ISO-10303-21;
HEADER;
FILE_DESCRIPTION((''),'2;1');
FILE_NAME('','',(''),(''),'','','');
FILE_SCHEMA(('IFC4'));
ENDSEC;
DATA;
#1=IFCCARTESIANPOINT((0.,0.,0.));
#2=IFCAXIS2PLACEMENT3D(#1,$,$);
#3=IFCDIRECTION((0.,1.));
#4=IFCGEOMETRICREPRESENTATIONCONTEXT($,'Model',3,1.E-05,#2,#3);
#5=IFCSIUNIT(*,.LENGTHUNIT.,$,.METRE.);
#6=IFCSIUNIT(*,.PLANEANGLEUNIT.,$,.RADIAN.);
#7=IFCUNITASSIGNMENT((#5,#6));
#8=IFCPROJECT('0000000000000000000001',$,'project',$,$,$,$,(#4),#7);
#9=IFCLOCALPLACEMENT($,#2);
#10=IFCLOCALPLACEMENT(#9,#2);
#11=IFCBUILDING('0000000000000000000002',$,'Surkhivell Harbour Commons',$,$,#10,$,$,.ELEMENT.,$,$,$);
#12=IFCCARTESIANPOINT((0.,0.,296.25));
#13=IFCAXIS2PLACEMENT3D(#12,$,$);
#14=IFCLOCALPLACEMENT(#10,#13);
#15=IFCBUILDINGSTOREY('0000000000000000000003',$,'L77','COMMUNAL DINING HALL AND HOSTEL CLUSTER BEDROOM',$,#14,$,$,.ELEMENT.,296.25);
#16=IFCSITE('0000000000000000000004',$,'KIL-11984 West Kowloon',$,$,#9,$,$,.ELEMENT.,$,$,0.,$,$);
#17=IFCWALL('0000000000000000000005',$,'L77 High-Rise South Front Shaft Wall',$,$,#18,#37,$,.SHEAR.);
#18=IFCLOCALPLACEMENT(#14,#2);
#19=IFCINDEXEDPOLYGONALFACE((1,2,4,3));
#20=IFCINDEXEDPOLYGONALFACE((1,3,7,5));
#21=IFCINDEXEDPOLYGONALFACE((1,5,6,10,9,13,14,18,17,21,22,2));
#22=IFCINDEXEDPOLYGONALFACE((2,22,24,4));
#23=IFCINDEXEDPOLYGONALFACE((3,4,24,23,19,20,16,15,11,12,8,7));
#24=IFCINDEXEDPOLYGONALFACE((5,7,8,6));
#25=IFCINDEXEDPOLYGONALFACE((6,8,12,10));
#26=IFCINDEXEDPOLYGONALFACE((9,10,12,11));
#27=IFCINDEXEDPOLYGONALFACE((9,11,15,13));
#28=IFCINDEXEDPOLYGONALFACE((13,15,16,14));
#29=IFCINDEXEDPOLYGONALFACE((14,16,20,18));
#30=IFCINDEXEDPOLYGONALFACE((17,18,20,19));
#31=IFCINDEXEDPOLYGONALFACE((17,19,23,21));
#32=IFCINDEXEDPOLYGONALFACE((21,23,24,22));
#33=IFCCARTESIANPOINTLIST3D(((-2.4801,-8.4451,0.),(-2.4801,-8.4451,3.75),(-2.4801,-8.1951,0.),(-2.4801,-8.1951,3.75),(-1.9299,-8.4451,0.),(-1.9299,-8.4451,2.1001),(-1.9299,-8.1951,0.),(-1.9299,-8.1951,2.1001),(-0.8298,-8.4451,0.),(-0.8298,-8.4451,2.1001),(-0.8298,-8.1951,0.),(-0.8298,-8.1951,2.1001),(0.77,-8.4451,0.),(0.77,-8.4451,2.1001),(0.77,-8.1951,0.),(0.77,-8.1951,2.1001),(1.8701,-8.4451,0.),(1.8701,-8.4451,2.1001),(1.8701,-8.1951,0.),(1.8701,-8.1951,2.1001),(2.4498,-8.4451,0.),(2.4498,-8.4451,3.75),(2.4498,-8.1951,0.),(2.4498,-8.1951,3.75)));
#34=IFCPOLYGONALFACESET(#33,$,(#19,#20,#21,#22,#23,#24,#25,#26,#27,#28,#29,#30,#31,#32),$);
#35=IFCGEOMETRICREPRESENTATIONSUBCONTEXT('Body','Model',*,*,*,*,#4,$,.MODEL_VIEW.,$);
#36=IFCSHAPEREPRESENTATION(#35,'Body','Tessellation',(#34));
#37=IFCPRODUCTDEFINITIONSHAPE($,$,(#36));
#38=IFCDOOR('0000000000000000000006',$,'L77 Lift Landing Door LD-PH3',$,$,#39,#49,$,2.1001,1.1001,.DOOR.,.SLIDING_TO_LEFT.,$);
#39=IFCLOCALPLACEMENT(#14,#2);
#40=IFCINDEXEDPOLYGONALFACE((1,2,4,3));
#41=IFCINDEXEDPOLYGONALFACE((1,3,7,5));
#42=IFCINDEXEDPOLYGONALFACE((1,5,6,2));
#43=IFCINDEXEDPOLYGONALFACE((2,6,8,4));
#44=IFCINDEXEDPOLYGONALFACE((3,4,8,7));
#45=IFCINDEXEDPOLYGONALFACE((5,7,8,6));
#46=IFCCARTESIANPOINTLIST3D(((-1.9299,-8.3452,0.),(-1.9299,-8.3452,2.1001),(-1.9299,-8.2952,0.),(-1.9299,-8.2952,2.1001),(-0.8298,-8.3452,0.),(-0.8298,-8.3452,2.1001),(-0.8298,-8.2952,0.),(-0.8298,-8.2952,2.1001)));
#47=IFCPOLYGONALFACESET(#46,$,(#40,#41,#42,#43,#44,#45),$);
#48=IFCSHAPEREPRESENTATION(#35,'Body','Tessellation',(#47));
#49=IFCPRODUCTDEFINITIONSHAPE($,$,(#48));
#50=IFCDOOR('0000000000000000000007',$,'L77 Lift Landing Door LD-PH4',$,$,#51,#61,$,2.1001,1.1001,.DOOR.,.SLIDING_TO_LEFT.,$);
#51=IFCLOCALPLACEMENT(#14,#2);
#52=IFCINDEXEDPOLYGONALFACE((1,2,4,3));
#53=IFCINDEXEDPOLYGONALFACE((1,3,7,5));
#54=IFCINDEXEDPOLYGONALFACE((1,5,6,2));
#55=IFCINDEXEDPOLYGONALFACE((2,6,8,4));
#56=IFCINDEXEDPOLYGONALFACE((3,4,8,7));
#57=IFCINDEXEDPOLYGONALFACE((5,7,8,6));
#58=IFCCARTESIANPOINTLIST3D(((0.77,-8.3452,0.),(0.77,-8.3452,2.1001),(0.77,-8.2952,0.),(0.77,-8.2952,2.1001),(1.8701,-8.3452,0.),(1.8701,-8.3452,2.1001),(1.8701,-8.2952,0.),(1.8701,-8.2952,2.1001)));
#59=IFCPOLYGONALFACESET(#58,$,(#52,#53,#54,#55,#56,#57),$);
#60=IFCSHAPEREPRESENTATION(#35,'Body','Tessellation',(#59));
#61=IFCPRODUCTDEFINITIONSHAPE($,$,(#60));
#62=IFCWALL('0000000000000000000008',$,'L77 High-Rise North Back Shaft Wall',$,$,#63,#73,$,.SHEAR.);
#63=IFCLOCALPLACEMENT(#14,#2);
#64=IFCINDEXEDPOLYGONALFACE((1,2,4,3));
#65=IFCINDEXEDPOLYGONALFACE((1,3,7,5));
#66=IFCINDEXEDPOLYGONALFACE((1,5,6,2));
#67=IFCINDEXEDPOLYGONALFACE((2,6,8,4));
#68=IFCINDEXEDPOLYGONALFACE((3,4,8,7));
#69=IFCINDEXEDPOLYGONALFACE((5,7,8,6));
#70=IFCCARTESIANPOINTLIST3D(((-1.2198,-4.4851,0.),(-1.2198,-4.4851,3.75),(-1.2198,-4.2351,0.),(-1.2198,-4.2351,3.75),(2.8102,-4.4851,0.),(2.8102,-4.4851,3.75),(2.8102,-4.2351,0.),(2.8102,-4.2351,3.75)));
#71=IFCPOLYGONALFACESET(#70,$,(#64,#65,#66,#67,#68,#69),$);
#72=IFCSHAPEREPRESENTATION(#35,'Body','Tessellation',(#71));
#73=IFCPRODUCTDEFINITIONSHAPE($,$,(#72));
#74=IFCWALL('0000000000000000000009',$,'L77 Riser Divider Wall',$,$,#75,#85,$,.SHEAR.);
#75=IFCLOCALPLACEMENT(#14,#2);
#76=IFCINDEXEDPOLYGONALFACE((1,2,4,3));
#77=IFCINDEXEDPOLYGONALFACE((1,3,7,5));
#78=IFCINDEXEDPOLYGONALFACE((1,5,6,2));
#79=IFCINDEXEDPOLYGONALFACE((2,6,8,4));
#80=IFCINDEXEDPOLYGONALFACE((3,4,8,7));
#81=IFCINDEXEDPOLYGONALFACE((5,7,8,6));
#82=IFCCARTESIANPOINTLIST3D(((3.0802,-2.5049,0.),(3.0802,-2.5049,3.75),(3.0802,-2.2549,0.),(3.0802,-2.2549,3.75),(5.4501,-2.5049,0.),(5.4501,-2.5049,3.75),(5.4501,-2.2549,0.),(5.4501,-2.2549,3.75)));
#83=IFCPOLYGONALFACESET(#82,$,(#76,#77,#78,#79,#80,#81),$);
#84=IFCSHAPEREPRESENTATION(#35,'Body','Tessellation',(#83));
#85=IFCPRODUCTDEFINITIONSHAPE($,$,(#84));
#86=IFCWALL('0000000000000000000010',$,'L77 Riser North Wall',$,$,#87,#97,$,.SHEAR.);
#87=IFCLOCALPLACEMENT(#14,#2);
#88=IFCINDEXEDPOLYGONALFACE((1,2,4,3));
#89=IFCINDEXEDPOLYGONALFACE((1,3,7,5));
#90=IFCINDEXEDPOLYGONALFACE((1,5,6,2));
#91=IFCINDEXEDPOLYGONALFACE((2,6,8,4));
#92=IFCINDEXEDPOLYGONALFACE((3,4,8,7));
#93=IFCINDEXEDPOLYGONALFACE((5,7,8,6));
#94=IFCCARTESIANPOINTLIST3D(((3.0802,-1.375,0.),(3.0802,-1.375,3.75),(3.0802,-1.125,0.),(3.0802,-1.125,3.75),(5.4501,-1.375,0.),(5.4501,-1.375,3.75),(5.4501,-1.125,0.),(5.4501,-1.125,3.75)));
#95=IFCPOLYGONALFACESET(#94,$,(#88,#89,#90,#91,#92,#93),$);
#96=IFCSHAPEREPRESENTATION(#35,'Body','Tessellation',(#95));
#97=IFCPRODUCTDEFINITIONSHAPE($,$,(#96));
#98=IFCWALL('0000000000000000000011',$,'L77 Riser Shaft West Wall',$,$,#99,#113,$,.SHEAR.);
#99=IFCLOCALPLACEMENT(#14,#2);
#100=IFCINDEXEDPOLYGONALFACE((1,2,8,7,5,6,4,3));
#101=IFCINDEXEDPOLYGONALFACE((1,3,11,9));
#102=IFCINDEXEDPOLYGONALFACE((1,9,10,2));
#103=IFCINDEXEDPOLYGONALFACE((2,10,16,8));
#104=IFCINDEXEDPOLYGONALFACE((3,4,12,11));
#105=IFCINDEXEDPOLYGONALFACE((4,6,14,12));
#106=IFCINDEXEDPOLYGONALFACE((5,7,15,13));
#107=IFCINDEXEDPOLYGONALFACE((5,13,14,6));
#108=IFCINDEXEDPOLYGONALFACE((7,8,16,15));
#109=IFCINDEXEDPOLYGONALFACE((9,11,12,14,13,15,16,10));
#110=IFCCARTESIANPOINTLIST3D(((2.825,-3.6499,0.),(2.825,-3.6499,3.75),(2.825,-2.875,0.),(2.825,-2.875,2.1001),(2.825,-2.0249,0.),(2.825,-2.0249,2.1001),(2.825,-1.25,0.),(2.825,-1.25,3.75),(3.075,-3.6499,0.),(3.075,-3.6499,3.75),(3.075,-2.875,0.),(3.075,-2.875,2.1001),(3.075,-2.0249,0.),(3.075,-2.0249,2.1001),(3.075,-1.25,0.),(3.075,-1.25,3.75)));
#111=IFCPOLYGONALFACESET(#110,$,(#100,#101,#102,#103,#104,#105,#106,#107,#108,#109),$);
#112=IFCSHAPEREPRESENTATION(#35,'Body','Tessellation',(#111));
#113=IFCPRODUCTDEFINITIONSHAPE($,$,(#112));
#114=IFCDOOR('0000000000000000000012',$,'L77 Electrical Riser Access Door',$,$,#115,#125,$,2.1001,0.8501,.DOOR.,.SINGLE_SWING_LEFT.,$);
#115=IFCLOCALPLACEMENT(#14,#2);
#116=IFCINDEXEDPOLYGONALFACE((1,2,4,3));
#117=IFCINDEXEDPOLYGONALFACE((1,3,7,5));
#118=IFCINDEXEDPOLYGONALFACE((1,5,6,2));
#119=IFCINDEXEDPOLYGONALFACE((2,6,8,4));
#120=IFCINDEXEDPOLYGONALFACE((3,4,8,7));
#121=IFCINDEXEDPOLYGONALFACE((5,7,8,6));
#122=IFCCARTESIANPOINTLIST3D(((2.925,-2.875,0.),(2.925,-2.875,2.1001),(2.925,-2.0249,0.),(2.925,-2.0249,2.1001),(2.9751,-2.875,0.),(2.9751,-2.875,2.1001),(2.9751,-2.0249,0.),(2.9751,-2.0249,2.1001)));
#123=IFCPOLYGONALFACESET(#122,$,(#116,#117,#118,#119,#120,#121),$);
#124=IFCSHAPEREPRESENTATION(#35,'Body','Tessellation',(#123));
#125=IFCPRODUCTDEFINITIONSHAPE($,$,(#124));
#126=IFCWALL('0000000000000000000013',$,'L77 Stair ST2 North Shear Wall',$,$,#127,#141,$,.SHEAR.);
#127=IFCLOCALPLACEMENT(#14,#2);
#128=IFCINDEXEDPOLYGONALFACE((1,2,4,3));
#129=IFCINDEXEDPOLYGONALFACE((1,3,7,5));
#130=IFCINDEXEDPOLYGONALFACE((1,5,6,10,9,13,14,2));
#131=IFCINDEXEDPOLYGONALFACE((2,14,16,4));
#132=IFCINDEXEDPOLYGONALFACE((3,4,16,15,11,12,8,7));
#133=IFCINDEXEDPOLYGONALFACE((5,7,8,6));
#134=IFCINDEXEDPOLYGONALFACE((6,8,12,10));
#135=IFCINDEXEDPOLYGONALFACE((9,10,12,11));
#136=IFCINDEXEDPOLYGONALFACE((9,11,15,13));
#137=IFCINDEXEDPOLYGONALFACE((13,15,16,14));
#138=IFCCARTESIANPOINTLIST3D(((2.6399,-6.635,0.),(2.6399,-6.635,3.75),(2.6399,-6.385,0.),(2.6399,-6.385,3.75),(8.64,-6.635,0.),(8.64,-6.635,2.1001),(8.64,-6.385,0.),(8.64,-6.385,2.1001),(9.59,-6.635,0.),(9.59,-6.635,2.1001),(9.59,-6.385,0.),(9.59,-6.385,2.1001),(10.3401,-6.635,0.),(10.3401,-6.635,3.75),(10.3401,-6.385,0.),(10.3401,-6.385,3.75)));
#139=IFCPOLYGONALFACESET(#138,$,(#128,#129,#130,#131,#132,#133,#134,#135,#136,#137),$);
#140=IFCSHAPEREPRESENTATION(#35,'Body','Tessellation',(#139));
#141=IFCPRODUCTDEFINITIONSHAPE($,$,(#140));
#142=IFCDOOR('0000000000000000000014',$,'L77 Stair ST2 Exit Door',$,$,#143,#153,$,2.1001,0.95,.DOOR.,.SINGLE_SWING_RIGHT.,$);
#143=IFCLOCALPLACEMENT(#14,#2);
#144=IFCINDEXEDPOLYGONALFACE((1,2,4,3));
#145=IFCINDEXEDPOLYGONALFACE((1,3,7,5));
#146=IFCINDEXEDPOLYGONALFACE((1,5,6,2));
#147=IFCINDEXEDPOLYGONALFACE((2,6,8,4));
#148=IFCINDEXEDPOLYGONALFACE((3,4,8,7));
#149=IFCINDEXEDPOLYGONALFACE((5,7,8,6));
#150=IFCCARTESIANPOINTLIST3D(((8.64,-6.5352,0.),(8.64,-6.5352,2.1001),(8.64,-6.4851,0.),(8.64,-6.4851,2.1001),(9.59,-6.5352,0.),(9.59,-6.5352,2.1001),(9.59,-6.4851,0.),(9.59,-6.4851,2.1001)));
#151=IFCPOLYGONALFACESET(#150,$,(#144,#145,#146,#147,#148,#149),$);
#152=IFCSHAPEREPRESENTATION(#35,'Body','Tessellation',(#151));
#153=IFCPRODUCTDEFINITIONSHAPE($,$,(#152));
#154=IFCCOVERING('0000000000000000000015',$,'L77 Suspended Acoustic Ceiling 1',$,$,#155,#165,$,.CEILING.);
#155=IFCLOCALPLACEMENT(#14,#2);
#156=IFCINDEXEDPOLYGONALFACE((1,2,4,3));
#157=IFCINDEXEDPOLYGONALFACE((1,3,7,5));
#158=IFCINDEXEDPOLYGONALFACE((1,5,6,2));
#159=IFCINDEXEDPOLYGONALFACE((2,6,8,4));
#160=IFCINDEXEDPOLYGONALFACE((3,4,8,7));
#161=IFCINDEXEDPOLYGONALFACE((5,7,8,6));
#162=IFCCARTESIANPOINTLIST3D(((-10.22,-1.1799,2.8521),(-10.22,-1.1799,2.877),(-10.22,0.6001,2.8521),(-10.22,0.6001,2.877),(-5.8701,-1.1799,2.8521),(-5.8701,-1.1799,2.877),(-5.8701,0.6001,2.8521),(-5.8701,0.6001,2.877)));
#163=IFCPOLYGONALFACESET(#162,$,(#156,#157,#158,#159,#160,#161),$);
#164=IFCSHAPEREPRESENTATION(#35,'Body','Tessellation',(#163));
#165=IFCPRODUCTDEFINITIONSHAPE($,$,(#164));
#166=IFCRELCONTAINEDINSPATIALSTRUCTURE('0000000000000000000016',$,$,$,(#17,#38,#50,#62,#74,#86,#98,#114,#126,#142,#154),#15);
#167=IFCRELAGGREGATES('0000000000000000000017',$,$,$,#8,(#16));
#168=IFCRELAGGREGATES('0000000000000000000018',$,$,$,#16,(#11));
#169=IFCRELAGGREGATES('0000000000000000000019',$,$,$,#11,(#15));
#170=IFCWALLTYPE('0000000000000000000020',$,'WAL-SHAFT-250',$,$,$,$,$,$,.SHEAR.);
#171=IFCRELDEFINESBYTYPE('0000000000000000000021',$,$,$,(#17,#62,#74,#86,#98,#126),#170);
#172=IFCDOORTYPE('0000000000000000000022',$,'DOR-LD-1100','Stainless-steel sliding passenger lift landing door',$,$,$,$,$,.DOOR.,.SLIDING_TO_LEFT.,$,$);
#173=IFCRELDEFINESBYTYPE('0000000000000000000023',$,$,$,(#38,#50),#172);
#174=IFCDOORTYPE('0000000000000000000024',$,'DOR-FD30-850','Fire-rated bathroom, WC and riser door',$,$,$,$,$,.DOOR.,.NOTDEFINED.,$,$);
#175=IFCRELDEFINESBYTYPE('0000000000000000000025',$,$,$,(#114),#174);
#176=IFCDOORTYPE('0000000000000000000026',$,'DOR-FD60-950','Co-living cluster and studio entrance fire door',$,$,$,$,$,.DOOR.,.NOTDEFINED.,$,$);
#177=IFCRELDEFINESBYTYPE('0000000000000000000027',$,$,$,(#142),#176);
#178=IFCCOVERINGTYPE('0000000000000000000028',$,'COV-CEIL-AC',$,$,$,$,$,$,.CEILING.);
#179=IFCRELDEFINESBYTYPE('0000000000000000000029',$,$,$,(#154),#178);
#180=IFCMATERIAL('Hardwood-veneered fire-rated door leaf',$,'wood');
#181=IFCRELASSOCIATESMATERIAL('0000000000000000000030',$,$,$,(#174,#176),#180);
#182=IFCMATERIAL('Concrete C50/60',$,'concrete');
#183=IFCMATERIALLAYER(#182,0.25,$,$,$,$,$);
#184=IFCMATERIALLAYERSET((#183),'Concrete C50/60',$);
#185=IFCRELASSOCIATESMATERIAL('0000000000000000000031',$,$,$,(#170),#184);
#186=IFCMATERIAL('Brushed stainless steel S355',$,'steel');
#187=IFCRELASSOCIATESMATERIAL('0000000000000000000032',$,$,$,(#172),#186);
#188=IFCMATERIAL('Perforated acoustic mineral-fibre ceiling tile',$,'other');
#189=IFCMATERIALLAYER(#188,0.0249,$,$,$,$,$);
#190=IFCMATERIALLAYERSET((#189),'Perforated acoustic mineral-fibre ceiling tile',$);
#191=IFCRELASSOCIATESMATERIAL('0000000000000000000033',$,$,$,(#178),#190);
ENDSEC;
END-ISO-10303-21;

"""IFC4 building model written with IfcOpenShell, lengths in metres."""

from ifc_helpers import new_model, si_unit, direction, frame, frame_2d, origin, place, context, subcontext, project, spatial, polyline, rectangle, outline, extrude, material, layer, layer_set, type_object, element, fill, save


model = new_model("IFC4")

# Units and contexts
model_context = context("Model", 3, precision=1e-05, world=origin(), true_north=direction((0.0, 1.0)))
body_context = subcontext(model_context, "Body", "Model", "MODEL_VIEW")
ifc_project = project(units=[si_unit("LENGTHUNIT", "METRE"), si_unit("PLANEANGLEUNIT", "RADIAN")], contexts=[model_context])

# Site, building, storey
site_placement = place(None, origin())
site = spatial("IfcSite", under=ifc_project, at=site_placement, Name="KIL-11984 West Kowloon", CompositionType="ELEMENT", RefElevation=0.0)
building_placement = place(site_placement, origin())
building = spatial("IfcBuilding", under=site, at=building_placement, Name="Surkhivell Harbour Commons", CompositionType="ELEMENT")
storey_placement = place(building_placement, frame((0.0, 0.0, 296.25)))
storey = spatial("IfcBuildingStorey", under=building, at=storey_placement, Name="L77", Description="COMMUNAL DINING HALL AND HOSTEL CLUSTER BEDROOM", CompositionType="ELEMENT", Elevation=296.25)

# Shared definitions
ifc_material_1 = material(Name="Hardwood-veneered fire-rated door leaf", Category="wood")
door_type_1 = type_object("IfcDoorType", Name="DOR-FD30-850", Description="Fire-rated bathroom, WC and riser door", OperationType="NOTDEFINED", PredefinedType="DOOR", material=ifc_material_1)

# Shared definitions
ifc_material_2 = material(Name="Concrete C50/60", Category="concrete")
ifc_layer_1 = layer(ifc_material_2, 0.25)
ifc_layer_set_1 = layer_set([ifc_layer_1], Name="Concrete C50/60")
wall_type_1 = type_object("IfcWallType", Name="WAL-SHAFT-250", PredefinedType="SHEAR", material=ifc_layer_set_1)

# Wall, openings, doors
ifc_material_3 = material(Name="Brushed stainless steel S355", Category="steel")
door_type_2 = type_object("IfcDoorType", Name="DOR-LD-1100", Description="Stainless-steel sliding passenger lift landing door", OperationType="SLIDING_TO_LEFT", PredefinedType="DOOR", material=ifc_material_3)
wall_1_placement = place(storey_placement, frame((-2.48, -8.3201, 0.0), z_axis=(0.0, 0.0, 1.0), x_axis=(1.0, 0.0, 0.0)))
wall_1 = element("IfcWall", 1, at=wall_1_placement, inside=storey, type_object=wall_type_1, Name="L77 High-Rise South Front Shaft Wall", PredefinedType="SHEAR", context=body_context, shape_type="SweptSolid", body=[
    extrude(rectangle(XDim=4.9299, YDim=0.25, at=frame_2d((2.4648, 0.0))), origin(), (0.0, 0.0, 1.0), 3.75),
])
opening_1_placement = place(wall_1_placement, frame((0.55, 0.0, 0.0)))
opening_1 = element("IfcOpeningElement", 2, at=opening_1_placement, cuts=wall_1, PredefinedType="OPENING", context=body_context, shape_type="SweptSolid", body=[
    extrude(rectangle(XDim=1.1001, YDim=2.1001, at=frame_2d((0.55, 1.05))), frame((0.0, 0.135, 0.0), z_axis=(0.0, -1.0, 0.0), x_axis=(1.0, 0.0, 0.0)), (0.0, 0.0, 1.0), 0.27),
])
opening_2_placement = place(wall_1_placement, frame((3.25, 0.0, 0.0)))
opening_2 = element("IfcOpeningElement", 3, at=opening_2_placement, cuts=wall_1, PredefinedType="OPENING", context=body_context, shape_type="SweptSolid", body=[
    extrude(rectangle(XDim=1.1001, YDim=2.1001, at=frame_2d((0.55, 1.05))), frame((0.0, 0.135, 0.0), z_axis=(0.0, -1.0, 0.0), x_axis=(1.0, 0.0, 0.0)), (0.0, 0.0, 1.0), 0.27),
])
door_1_placement = place(opening_1_placement, origin())
door_1 = element("IfcDoor", 4, at=door_1_placement, inside=storey, type_object=door_type_2, Name="L77 Lift Landing Door LD-PH3", OperationType="SLIDING_TO_LEFT", OverallHeight=2.1001, OverallWidth=1.1001, PredefinedType="DOOR", context=body_context, shape_type="SweptSolid", body=[
    extrude(rectangle(XDim=1.1001, YDim=2.1001, at=frame_2d((0.55, 1.05))), frame((0.0, 0.0249, 0.0), z_axis=(0.0, -1.0, 0.0), x_axis=(1.0, 0.0, 0.0)), (0.0, 0.0, 1.0), 0.05),
])
fill(opening_1, door_1)
door_2_placement = place(opening_2_placement, origin())
door_2 = element("IfcDoor", 5, at=door_2_placement, inside=storey, type_object=door_type_2, Name="L77 Lift Landing Door LD-PH4", OperationType="SLIDING_TO_LEFT", OverallHeight=2.1001, OverallWidth=1.1001, PredefinedType="DOOR", context=body_context, shape_type="SweptSolid", body=[
    extrude(rectangle(XDim=1.1001, YDim=2.1001, at=frame_2d((0.55, 1.05))), frame((0.0, 0.0249, 0.0), z_axis=(0.0, -1.0, 0.0), x_axis=(1.0, 0.0, 0.0)), (0.0, 0.0, 1.0), 0.05),
])
fill(opening_2, door_2)

# Walls
wall_2_placement = place(storey_placement, frame((-1.22, -4.3601, 0.0), z_axis=(0.0, 0.0, 1.0), x_axis=(1.0, 0.0, 0.0)))
element("IfcWall", 6, at=wall_2_placement, inside=storey, type_object=wall_type_1, Name="L77 High-Rise North Back Shaft Wall", PredefinedType="SHEAR", context=body_context, shape_type="SweptSolid", body=[
    extrude(rectangle(XDim=4.03, YDim=0.25, at=frame_2d((2.0151, 0.0))), origin(), (0.0, 0.0, 1.0), 3.75),
])
for number, where, z_axis, x_axis, name in (
    (7, (3.0801, -2.3799, 0.0), (0.0, 0.0, 1.0), (1.0, 0.0, 0.0), "L77 Riser Divider Wall"),
    (8, (3.0801, -1.25, 0.0), (0.0, 0.0, 1.0), (1.0, 0.0, 0.0), "L77 Riser North Wall"),
):
    element("IfcWall", number, at=place(storey_placement, frame(where, z_axis=z_axis, x_axis=x_axis)), inside=storey, type_object=wall_type_1, Name=name, PredefinedType="SHEAR", context=body_context, shape_type="SweptSolid", body=[
        extrude(rectangle(XDim=2.3699, YDim=0.25, at=frame_2d((1.1851, 0.0))), origin(), (0.0, 0.0, 1.0), 3.75),
    ])

# Walls, openings, doors
wall_3_placement = place(storey_placement, frame((2.95, -3.6499, 0.0), z_axis=(0.0, 0.0, 1.0), x_axis=(0.0, 1.0, 0.0)))
wall_3 = element("IfcWall", 9, at=wall_3_placement, inside=storey, type_object=wall_type_1, Name="L77 Riser Shaft West Wall", PredefinedType="SHEAR", context=body_context, shape_type="SweptSolid", body=[
    extrude(rectangle(XDim=2.3999, YDim=0.25, at=frame_2d((1.2, 0.0))), origin(), (0.0, 0.0, 1.0), 3.75),
])
opening_3_placement = place(wall_3_placement, frame((0.7749, 0.0, 0.0)))
opening_3 = element("IfcOpeningElement", 10, at=opening_3_placement, cuts=wall_3, PredefinedType="OPENING", context=body_context, shape_type="SweptSolid", body=[
    extrude(rectangle(XDim=0.8501, YDim=2.1001, at=frame_2d((0.425, 1.05))), frame((0.0, 0.135, 0.0), z_axis=(0.0, -1.0, 0.0), x_axis=(1.0, 0.0, 0.0)), (0.0, 0.0, 1.0), 0.27),
])
door_3_placement = place(opening_3_placement, origin())
door_3 = element("IfcDoor", 11, at=door_3_placement, inside=storey, type_object=door_type_1, Name="L77 Electrical Riser Access Door", OperationType="SINGLE_SWING_LEFT", OverallHeight=2.1001, OverallWidth=0.8501, PredefinedType="DOOR", context=body_context, shape_type="SweptSolid", body=[
    extrude(rectangle(XDim=0.8501, YDim=2.1001, at=frame_2d((0.425, 1.05))), frame((0.0, 0.0249, 0.0), z_axis=(0.0, -1.0, 0.0), x_axis=(1.0, 0.0, 0.0)), (0.0, 0.0, 1.0), 0.05),
])
fill(opening_3, door_3)
wall_4_placement = place(storey_placement, frame((2.6399, -6.51, 0.0), z_axis=(0.0, 0.0, 1.0), x_axis=(1.0, 0.0, 0.0)))
wall_4 = element("IfcWall", 12, at=wall_4_placement, inside=storey, type_object=wall_type_1, Name="L77 Stair ST2 North Shear Wall", PredefinedType="SHEAR", context=body_context, shape_type="SweptSolid", body=[
    extrude(rectangle(XDim=7.7002, YDim=0.25, at=frame_2d((3.8501, 0.0))), origin(), (0.0, 0.0, 1.0), 3.75),
])
opening_4_placement = place(wall_4_placement, frame((6.0, 0.0, 0.0)))
opening_4 = element("IfcOpeningElement", 13, at=opening_4_placement, cuts=wall_4, PredefinedType="OPENING", context=body_context, shape_type="SweptSolid", body=[
    extrude(rectangle(XDim=0.95, YDim=2.1001, at=frame_2d((0.4751, 1.05))), frame((0.0, 0.135, 0.0), z_axis=(0.0, -1.0, 0.0), x_axis=(1.0, 0.0, 0.0)), (0.0, 0.0, 1.0), 0.27),
])
door_type_3 = type_object("IfcDoorType", Name="DOR-FD60-950", Description="Co-living cluster and studio entrance fire door", OperationType="NOTDEFINED", PredefinedType="DOOR", material=ifc_material_1)
door_4_placement = place(opening_4_placement, origin())
door_4 = element("IfcDoor", 14, at=door_4_placement, inside=storey, type_object=door_type_3, Name="L77 Stair ST2 Exit Door", OperationType="SINGLE_SWING_RIGHT", OverallHeight=2.1001, OverallWidth=0.95, PredefinedType="DOOR", context=body_context, shape_type="SweptSolid", body=[
    extrude(rectangle(XDim=0.95, YDim=2.1001, at=frame_2d((0.4751, 1.05))), frame((0.0, 0.0249, 0.0), z_axis=(0.0, -1.0, 0.0), x_axis=(1.0, 0.0, 0.0)), (0.0, 0.0, 1.0), 0.05),
])
fill(opening_4, door_4)

# Covering
ifc_material_4 = material(Name="Perforated acoustic mineral-fibre ceiling tile", Category="other")
ifc_layer_2 = layer(ifc_material_4, 0.0249)
ifc_layer_set_2 = layer_set([ifc_layer_2], Name="Perforated acoustic mineral-fibre ceiling tile")
covering_type_1 = type_object("IfcCoveringType", Name="COV-CEIL-AC", PredefinedType="CEILING", material=ifc_layer_set_2)
covering_1_placement = place(storey_placement, frame((0.0, 0.0, 2.8521)))
element("IfcCovering", 15, at=covering_1_placement, inside=storey, type_object=covering_type_1, Name="L77 Suspended Acoustic Ceiling 1", PredefinedType="CEILING", context=body_context, shape_type="SweptSolid", body=[
    extrude(outline(polyline([(-10.22, -1.1799), (-5.8701, -1.1799), (-5.8701, 0.6001), (-10.22, 0.6001), (-10.22, -1.1799)])), origin(), (0.0, 0.0, 1.0), 0.0249),
])

save(model, "model.ifc")
